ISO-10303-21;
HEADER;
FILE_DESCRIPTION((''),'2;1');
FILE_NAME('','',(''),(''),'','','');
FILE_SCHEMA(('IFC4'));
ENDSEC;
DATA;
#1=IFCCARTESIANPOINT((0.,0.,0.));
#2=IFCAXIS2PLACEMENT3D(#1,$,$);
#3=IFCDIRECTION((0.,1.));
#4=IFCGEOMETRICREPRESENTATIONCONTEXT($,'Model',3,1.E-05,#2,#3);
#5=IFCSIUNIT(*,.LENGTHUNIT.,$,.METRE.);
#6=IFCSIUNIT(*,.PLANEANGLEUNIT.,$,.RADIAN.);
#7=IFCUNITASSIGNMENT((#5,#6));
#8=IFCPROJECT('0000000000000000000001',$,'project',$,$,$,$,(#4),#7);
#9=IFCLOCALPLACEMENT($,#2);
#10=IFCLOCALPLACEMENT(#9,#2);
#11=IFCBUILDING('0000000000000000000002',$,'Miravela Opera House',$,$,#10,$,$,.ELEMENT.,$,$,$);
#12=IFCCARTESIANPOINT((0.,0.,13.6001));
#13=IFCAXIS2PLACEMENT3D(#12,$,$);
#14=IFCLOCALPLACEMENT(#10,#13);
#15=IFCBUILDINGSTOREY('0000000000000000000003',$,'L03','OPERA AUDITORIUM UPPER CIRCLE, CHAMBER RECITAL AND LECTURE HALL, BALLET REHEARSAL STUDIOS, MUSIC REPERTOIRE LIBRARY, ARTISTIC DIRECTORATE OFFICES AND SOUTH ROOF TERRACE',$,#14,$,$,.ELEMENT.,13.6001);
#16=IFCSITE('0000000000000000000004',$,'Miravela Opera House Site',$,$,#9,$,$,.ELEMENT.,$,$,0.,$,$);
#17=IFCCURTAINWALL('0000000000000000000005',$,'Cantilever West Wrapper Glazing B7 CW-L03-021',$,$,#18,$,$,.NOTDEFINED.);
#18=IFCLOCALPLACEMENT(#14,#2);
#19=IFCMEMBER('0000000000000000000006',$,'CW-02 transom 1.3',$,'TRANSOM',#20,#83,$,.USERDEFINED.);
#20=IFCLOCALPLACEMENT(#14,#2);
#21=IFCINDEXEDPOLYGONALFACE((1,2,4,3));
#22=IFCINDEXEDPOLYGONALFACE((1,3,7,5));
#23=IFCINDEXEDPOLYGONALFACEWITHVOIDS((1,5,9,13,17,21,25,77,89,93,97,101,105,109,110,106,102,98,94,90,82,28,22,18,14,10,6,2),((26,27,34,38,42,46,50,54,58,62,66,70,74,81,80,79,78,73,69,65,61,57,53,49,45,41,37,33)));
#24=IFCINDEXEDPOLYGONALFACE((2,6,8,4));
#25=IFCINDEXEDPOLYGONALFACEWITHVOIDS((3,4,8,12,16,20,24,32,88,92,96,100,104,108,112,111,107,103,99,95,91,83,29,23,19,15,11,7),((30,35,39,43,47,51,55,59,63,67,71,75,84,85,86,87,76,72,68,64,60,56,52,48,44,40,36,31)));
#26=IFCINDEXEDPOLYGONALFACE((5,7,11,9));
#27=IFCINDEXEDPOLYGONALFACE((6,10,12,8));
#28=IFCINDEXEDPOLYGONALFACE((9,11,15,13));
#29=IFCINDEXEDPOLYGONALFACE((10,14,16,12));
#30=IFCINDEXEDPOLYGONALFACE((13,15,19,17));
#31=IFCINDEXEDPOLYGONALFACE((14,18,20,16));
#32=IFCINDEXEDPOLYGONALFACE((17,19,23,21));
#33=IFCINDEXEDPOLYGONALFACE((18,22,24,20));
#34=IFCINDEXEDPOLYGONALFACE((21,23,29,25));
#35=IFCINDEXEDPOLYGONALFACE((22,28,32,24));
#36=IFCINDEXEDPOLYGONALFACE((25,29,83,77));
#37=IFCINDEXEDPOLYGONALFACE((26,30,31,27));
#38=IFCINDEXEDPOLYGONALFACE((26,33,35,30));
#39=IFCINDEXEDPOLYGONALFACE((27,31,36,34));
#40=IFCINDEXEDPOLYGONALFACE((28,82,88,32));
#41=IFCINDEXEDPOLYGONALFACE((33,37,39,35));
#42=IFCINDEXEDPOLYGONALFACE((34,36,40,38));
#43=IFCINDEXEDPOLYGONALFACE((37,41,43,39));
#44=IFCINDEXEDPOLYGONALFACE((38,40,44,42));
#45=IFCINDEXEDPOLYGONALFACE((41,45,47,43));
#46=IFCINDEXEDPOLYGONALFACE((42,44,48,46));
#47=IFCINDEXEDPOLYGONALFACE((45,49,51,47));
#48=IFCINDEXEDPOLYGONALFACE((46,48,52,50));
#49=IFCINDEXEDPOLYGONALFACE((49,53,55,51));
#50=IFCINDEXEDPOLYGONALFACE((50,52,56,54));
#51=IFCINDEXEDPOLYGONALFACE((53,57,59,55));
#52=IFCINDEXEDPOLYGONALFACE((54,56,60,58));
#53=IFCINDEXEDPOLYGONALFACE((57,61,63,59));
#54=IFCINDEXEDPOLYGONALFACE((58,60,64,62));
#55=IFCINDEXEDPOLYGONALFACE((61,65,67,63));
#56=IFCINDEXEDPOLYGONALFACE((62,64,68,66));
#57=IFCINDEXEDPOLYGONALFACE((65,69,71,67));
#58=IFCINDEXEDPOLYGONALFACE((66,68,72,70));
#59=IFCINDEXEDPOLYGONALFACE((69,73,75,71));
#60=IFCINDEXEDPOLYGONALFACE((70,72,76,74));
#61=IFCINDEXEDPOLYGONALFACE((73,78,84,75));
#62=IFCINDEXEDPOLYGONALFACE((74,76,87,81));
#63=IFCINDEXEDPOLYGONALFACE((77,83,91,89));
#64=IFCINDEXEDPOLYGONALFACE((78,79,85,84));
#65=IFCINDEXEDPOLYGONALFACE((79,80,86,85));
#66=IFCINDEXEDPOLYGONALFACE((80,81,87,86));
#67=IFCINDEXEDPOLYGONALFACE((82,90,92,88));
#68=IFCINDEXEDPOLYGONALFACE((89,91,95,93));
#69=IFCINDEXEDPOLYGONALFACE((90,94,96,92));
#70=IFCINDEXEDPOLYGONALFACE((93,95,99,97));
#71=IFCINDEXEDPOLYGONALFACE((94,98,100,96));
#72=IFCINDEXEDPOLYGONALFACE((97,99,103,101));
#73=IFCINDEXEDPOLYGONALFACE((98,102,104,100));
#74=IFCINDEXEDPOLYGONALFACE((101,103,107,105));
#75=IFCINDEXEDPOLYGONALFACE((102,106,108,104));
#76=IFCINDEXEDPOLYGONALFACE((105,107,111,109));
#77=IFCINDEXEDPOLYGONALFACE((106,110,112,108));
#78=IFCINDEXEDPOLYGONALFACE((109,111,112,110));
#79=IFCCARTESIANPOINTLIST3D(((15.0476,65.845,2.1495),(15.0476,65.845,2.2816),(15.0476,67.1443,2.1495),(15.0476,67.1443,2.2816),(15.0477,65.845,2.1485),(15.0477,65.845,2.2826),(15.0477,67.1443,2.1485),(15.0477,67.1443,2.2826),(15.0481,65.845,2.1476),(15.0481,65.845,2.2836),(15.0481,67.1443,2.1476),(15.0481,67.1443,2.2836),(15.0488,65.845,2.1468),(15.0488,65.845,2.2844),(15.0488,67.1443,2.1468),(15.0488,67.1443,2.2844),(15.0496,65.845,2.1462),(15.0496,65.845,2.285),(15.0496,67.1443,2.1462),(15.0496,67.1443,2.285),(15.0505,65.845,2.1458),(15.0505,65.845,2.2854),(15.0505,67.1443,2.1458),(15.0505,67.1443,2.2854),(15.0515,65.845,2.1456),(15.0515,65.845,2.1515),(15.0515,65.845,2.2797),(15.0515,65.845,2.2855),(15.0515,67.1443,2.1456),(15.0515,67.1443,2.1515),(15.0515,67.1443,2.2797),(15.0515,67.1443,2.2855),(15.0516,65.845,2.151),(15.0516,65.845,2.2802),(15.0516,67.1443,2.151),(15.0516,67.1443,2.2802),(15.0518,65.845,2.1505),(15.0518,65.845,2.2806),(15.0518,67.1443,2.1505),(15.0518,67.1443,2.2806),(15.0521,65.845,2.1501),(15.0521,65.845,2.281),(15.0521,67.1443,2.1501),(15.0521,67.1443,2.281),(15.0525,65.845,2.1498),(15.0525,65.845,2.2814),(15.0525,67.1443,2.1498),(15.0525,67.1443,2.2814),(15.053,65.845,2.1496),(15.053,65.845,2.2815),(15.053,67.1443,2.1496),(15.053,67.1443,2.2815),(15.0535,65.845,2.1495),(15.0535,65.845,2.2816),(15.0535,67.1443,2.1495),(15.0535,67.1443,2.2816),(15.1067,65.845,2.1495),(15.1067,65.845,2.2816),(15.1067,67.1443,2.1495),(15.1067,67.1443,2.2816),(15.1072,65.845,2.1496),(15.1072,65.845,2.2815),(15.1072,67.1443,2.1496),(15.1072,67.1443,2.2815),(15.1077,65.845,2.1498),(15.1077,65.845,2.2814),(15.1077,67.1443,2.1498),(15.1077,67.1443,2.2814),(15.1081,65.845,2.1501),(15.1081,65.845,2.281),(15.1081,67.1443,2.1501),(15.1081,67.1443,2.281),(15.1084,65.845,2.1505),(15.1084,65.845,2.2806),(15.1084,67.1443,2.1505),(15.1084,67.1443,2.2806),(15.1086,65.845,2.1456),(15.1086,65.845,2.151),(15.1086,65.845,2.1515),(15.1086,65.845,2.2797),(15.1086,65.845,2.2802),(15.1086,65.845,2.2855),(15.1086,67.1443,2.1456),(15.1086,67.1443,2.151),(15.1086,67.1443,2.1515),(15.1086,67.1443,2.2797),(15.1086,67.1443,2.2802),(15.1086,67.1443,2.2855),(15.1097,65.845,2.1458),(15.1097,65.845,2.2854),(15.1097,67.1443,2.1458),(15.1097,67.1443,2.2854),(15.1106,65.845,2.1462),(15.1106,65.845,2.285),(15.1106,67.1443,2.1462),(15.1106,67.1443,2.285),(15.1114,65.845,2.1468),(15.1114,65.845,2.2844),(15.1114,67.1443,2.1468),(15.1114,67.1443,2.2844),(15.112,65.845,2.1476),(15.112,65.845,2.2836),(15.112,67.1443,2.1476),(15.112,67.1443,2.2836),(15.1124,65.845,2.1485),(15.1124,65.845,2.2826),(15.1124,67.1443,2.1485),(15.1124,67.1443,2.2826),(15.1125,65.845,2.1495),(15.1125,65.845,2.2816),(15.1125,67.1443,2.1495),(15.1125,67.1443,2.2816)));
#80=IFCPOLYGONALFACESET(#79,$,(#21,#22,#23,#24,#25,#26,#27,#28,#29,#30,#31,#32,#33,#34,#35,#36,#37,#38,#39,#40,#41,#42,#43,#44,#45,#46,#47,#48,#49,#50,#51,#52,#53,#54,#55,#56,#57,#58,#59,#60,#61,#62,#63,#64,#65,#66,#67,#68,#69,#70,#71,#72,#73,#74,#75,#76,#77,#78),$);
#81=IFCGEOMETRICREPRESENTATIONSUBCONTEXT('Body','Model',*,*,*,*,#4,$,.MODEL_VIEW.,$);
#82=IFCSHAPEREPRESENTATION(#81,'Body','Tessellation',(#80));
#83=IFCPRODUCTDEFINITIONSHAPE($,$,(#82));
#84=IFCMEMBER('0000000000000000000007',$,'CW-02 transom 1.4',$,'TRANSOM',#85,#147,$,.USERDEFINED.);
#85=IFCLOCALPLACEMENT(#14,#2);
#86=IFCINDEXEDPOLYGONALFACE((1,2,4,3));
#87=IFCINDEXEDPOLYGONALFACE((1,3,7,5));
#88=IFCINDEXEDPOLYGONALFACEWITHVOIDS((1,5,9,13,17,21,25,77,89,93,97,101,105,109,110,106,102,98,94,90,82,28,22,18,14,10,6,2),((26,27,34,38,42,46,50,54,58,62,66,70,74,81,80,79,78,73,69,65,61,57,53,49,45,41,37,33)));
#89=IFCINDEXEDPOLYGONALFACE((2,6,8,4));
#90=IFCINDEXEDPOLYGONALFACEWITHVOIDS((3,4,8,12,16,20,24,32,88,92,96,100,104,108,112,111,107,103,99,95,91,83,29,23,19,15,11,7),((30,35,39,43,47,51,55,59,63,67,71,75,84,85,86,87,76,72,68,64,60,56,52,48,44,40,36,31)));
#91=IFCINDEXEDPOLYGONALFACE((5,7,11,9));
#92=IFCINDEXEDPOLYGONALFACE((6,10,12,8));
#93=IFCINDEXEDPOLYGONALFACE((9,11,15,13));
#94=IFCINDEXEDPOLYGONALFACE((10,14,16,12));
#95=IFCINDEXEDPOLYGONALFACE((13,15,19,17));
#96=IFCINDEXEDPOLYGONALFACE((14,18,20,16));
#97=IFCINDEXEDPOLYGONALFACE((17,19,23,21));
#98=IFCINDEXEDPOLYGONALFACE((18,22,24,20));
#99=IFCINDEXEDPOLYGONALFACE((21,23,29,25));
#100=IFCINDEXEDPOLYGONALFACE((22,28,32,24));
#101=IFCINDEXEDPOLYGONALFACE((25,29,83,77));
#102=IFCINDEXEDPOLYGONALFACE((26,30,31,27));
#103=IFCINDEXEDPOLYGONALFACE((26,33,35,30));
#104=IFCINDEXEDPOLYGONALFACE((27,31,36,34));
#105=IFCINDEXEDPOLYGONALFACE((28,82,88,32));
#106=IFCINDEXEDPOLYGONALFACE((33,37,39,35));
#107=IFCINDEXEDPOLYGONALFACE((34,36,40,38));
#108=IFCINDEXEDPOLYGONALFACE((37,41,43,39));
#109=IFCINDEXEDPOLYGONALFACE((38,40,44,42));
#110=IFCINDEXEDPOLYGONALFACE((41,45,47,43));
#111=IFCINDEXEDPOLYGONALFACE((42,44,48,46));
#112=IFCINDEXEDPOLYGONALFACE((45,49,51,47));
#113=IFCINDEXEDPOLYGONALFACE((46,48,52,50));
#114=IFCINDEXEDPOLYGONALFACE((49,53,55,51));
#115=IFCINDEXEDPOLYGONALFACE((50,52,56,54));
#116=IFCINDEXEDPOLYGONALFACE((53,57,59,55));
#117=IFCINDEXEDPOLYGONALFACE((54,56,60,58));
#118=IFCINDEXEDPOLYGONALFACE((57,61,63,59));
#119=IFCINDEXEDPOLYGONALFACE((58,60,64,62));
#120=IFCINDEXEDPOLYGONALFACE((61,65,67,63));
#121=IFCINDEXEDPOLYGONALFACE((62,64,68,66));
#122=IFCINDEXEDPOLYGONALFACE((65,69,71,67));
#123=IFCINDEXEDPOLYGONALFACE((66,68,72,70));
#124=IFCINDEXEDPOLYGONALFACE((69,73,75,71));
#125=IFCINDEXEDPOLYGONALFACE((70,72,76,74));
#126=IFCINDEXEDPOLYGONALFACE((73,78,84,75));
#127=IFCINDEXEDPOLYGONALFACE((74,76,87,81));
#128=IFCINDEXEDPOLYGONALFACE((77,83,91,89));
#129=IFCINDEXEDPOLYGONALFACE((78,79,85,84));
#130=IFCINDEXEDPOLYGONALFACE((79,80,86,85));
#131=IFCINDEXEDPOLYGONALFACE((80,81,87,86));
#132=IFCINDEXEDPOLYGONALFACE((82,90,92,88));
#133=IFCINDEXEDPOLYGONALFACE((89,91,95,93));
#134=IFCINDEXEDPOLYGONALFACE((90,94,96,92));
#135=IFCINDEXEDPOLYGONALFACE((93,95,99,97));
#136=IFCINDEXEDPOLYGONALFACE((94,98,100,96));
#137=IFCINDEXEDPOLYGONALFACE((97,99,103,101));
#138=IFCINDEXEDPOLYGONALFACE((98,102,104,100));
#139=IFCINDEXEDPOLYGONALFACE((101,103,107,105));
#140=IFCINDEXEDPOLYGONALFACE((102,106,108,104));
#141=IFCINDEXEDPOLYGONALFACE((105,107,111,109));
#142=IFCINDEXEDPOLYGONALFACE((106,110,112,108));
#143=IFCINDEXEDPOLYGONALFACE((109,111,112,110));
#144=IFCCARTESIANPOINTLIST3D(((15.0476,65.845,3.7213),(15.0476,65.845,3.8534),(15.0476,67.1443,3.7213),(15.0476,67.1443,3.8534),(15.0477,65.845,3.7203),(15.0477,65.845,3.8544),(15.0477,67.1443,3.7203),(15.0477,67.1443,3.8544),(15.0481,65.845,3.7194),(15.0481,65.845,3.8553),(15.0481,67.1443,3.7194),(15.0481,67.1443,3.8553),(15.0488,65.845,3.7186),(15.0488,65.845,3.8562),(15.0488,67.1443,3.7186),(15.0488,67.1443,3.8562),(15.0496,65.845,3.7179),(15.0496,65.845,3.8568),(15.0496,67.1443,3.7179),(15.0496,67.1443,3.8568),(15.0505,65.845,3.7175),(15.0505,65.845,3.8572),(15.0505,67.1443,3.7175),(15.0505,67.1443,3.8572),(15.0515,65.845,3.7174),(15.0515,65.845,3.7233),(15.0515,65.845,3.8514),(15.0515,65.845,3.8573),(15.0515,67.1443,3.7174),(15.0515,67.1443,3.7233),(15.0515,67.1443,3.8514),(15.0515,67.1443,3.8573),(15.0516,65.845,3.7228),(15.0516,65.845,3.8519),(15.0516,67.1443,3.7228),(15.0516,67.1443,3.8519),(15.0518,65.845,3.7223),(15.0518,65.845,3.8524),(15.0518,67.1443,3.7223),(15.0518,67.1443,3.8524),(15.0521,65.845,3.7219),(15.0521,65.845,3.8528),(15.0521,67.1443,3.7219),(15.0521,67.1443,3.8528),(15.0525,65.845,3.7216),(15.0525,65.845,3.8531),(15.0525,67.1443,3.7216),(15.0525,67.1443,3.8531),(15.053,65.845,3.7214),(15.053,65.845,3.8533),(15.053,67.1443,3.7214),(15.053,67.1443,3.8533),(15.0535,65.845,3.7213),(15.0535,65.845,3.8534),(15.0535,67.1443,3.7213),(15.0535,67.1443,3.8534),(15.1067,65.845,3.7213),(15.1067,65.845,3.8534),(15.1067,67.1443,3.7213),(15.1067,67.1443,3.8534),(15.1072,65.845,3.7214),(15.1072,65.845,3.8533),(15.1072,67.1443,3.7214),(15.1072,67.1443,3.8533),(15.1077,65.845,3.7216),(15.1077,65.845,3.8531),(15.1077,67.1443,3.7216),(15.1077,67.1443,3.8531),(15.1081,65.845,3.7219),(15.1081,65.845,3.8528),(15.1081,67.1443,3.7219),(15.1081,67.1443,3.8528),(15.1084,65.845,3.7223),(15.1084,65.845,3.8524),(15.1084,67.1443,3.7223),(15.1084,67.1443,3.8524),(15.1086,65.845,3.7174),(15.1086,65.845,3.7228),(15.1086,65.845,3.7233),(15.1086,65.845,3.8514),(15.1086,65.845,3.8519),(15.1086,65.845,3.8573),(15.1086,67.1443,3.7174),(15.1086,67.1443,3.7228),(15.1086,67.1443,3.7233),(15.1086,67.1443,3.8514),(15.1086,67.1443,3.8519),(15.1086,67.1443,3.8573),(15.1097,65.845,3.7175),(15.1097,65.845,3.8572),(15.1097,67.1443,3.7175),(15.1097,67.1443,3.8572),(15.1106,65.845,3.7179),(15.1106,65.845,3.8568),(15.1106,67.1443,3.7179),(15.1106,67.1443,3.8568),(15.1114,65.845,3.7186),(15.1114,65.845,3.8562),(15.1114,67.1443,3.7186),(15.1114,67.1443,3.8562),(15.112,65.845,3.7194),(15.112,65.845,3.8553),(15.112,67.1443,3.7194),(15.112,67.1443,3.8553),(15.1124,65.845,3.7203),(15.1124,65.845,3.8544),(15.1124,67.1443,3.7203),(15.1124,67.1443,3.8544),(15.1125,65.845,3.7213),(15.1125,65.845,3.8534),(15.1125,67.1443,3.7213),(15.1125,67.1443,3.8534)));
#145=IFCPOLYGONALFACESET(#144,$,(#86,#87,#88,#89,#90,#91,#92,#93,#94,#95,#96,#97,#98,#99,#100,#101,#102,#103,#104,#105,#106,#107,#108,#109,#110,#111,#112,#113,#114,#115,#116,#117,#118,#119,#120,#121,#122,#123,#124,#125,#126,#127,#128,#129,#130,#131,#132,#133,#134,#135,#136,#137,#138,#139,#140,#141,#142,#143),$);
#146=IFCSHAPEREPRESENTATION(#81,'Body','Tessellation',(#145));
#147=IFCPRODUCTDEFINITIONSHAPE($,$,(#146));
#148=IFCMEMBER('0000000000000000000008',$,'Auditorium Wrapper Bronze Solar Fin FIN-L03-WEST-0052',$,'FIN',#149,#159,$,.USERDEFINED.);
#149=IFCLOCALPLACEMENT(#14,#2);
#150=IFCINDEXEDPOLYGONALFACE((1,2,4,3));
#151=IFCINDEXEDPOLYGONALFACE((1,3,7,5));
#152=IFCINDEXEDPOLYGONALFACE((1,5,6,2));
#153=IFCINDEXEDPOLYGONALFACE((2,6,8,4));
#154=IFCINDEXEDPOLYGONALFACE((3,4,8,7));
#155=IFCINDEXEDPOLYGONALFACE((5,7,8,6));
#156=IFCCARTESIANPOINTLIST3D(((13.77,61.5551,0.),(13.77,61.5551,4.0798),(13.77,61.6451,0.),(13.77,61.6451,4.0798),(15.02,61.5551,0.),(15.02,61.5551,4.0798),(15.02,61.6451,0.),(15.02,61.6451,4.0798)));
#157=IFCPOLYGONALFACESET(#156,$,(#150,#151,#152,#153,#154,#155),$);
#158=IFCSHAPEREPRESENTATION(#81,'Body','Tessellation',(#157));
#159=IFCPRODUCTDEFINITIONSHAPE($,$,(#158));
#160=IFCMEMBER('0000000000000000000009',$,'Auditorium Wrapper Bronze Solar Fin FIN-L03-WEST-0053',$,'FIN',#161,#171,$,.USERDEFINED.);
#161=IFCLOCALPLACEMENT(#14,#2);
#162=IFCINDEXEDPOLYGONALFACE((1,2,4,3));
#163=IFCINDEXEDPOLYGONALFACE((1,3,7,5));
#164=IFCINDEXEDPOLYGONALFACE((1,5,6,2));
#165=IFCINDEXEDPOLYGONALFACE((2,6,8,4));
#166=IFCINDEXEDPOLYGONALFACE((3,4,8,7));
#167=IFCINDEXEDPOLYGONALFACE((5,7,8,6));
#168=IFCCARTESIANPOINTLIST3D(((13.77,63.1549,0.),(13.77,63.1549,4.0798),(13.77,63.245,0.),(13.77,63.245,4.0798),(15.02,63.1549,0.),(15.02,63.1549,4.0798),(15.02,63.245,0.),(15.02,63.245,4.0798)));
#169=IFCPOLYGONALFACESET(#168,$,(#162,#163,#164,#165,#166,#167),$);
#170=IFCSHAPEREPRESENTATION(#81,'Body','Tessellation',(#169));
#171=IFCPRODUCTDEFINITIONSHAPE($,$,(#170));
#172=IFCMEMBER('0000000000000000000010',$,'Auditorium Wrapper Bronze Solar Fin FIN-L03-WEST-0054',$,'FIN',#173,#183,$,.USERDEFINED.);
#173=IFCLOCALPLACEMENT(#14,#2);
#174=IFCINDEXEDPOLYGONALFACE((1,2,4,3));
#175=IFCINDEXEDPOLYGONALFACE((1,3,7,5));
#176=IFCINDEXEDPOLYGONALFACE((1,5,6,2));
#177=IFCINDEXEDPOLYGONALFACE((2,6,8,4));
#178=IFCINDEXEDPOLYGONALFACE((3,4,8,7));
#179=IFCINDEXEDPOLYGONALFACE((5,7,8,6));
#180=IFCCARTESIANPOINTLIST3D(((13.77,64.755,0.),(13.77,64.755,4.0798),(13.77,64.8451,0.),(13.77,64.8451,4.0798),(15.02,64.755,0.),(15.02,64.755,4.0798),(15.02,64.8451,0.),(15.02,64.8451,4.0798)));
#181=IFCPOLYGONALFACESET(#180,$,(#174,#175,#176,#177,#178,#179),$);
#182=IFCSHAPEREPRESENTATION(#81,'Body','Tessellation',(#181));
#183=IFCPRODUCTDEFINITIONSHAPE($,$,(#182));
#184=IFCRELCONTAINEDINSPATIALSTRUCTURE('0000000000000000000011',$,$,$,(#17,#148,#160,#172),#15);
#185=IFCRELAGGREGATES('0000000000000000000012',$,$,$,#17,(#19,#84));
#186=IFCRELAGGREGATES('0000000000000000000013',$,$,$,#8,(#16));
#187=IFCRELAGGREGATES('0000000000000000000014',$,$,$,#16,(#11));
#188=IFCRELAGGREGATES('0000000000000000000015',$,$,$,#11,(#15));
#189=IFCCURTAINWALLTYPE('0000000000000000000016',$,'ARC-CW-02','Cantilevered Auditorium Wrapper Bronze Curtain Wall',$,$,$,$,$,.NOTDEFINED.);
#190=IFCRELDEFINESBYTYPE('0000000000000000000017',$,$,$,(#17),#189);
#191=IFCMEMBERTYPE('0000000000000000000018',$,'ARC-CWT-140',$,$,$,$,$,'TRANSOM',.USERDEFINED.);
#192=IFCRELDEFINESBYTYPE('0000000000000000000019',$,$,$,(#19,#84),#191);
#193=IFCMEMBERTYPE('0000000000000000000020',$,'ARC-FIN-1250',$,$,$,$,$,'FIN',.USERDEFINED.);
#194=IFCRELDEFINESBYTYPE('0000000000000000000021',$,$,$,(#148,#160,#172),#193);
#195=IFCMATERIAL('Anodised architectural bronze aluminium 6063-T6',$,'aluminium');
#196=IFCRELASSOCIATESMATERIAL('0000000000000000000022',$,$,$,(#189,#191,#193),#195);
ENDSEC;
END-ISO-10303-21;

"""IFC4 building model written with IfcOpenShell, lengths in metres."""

from ifc_helpers import new_model, si_unit, direction, frame, origin, origin_2d, place, context, subcontext, project, spatial, rectangle, hollow_rectangle, extrude, material, material_profile, profile_set, type_object, element, aggregate, save


model = new_model("IFC4")

# Units and contexts
model_context = context("Model", 3, precision=1e-05, world=origin(), true_north=direction((0.0, 1.0)))
body_context = subcontext(model_context, "Body", "Model", "MODEL_VIEW")
ifc_project = project(units=[si_unit("LENGTHUNIT", "METRE"), si_unit("PLANEANGLEUNIT", "RADIAN")], contexts=[model_context])

# Site, building, storey
site_placement = place(None, origin())
site = spatial("IfcSite", under=ifc_project, at=site_placement, Name="Miravela Opera House Site", CompositionType="ELEMENT", RefElevation=0.0)
building_placement = place(site_placement, origin())
building = spatial("IfcBuilding", under=site, at=building_placement, Name="Miravela Opera House", CompositionType="ELEMENT")
storey_placement = place(building_placement, frame((0.0, 0.0, 13.6001)))
storey = spatial("IfcBuildingStorey", under=building, at=storey_placement, Name="L03", Description="OPERA AUDITORIUM UPPER CIRCLE, CHAMBER RECITAL AND LECTURE HALL, BALLET REHEARSAL STUDIOS, MUSIC REPERTOIRE LIBRARY, ARTISTIC DIRECTORATE OFFICES AND SOUTH ROOF TERRACE", CompositionType="ELEMENT", Elevation=13.6001)

# Shared definitions
ifc_material_1 = material(Name="Anodised architectural bronze aluminium 6063-T6", Category="aluminium")
curtain_wall_type = type_object("IfcCurtainWallType", Name="ARC-CW-02", Description="Cantilevered Auditorium Wrapper Bronze Curtain Wall", PredefinedType="NOTDEFINED", material=ifc_material_1)

# Curtain wall
curtain_wall_1_placement = place(storey_placement, origin())
curtain_wall_1 = element("IfcCurtainWall", 1, at=curtain_wall_1_placement, inside=storey, type_object=curtain_wall_type, Name="Cantilever West Wrapper Glazing B7 CW-L03-021", PredefinedType="NOTDEFINED")

# Members
ifc_material_profile_1 = material_profile(ifc_material_1, hollow_rectangle(XDim=0.0649, YDim=0.1399, WallThickness=0.0039, InnerFilletRadius=0.002, OuterFilletRadius=0.0039, at=origin_2d()), Name="CWT-65X140")
ifc_profile_set_1 = profile_set([ifc_material_profile_1])
member_type_1 = type_object("IfcMemberType", Name="ARC-CWT-140", ElementType="TRANSOM", PredefinedType="USERDEFINED", material=ifc_profile_set_1)
member_1_placement = place(storey_placement, frame((15.0801, 65.845, 2.2156), z_axis=(0.0, 1.0, 0.0), x_axis=(-1.0, 0.0, 0.0)))
member_1 = element("IfcMember", 2, at=member_1_placement, type_object=member_type_1, Name="CW-02 transom 1.3", ObjectType="TRANSOM", PredefinedType="USERDEFINED", context=body_context, shape_type="SweptSolid", body=[
    extrude(hollow_rectangle(XDim=0.0649, YDim=0.1399, WallThickness=0.0039, InnerFilletRadius=0.002, OuterFilletRadius=0.0039, at=origin_2d()), origin(), (0.0, 0.0, 1.0), 1.2993),
])
member_2_placement = place(storey_placement, frame((15.0801, 65.845, 3.7874), z_axis=(0.0, 1.0, 0.0), x_axis=(-1.0, 0.0, 0.0)))
member_2 = element("IfcMember", 3, at=member_2_placement, type_object=member_type_1, Name="CW-02 transom 1.4", ObjectType="TRANSOM", PredefinedType="USERDEFINED", context=body_context, shape_type="SweptSolid", body=[
    extrude(hollow_rectangle(XDim=0.0649, YDim=0.1399, WallThickness=0.0039, InnerFilletRadius=0.002, OuterFilletRadius=0.0039, at=origin_2d()), origin(), (0.0, 0.0, 1.0), 1.2993),
])
aggregate(curtain_wall_1, [member_1, member_2])

# Members
ifc_material_profile_2 = material_profile(ifc_material_1, rectangle(XDim=0.0901, YDim=1.25, at=origin_2d()), Name="FIN-1250X90")
ifc_profile_set_2 = profile_set([ifc_material_profile_2])
member_type_2 = type_object("IfcMemberType", Name="ARC-FIN-1250", ElementType="FIN", PredefinedType="USERDEFINED", material=ifc_profile_set_2)
for number, where, z_axis, x_axis, name in (
    (4, (14.395, 61.6001, 0.0), (0.0, 0.0, 1.0), (0.0, 1.0, 0.0), "Auditorium Wrapper Bronze Solar Fin FIN-L03-WEST-0052"),
    (5, (14.395, 63.2, 0.0), (0.0, 0.0, 1.0), (0.0, 1.0, 0.0), "Auditorium Wrapper Bronze Solar Fin FIN-L03-WEST-0053"),
    (6, (14.395, 64.8, 0.0), (0.0, 0.0, 1.0), (0.0, 1.0, 0.0), "Auditorium Wrapper Bronze Solar Fin FIN-L03-WEST-0054"),
):
    element("IfcMember", number, at=place(storey_placement, frame(where, z_axis=z_axis, x_axis=x_axis)), inside=storey, type_object=member_type_2, Name=name, ObjectType="FIN", PredefinedType="USERDEFINED", context=body_context, shape_type="SweptSolid", body=[
        extrude(rectangle(XDim=0.0901, YDim=1.25, at=origin_2d()), origin(), (0.0, 0.0, 1.0), 4.0798),
    ])

save(model, "model.ifc")
